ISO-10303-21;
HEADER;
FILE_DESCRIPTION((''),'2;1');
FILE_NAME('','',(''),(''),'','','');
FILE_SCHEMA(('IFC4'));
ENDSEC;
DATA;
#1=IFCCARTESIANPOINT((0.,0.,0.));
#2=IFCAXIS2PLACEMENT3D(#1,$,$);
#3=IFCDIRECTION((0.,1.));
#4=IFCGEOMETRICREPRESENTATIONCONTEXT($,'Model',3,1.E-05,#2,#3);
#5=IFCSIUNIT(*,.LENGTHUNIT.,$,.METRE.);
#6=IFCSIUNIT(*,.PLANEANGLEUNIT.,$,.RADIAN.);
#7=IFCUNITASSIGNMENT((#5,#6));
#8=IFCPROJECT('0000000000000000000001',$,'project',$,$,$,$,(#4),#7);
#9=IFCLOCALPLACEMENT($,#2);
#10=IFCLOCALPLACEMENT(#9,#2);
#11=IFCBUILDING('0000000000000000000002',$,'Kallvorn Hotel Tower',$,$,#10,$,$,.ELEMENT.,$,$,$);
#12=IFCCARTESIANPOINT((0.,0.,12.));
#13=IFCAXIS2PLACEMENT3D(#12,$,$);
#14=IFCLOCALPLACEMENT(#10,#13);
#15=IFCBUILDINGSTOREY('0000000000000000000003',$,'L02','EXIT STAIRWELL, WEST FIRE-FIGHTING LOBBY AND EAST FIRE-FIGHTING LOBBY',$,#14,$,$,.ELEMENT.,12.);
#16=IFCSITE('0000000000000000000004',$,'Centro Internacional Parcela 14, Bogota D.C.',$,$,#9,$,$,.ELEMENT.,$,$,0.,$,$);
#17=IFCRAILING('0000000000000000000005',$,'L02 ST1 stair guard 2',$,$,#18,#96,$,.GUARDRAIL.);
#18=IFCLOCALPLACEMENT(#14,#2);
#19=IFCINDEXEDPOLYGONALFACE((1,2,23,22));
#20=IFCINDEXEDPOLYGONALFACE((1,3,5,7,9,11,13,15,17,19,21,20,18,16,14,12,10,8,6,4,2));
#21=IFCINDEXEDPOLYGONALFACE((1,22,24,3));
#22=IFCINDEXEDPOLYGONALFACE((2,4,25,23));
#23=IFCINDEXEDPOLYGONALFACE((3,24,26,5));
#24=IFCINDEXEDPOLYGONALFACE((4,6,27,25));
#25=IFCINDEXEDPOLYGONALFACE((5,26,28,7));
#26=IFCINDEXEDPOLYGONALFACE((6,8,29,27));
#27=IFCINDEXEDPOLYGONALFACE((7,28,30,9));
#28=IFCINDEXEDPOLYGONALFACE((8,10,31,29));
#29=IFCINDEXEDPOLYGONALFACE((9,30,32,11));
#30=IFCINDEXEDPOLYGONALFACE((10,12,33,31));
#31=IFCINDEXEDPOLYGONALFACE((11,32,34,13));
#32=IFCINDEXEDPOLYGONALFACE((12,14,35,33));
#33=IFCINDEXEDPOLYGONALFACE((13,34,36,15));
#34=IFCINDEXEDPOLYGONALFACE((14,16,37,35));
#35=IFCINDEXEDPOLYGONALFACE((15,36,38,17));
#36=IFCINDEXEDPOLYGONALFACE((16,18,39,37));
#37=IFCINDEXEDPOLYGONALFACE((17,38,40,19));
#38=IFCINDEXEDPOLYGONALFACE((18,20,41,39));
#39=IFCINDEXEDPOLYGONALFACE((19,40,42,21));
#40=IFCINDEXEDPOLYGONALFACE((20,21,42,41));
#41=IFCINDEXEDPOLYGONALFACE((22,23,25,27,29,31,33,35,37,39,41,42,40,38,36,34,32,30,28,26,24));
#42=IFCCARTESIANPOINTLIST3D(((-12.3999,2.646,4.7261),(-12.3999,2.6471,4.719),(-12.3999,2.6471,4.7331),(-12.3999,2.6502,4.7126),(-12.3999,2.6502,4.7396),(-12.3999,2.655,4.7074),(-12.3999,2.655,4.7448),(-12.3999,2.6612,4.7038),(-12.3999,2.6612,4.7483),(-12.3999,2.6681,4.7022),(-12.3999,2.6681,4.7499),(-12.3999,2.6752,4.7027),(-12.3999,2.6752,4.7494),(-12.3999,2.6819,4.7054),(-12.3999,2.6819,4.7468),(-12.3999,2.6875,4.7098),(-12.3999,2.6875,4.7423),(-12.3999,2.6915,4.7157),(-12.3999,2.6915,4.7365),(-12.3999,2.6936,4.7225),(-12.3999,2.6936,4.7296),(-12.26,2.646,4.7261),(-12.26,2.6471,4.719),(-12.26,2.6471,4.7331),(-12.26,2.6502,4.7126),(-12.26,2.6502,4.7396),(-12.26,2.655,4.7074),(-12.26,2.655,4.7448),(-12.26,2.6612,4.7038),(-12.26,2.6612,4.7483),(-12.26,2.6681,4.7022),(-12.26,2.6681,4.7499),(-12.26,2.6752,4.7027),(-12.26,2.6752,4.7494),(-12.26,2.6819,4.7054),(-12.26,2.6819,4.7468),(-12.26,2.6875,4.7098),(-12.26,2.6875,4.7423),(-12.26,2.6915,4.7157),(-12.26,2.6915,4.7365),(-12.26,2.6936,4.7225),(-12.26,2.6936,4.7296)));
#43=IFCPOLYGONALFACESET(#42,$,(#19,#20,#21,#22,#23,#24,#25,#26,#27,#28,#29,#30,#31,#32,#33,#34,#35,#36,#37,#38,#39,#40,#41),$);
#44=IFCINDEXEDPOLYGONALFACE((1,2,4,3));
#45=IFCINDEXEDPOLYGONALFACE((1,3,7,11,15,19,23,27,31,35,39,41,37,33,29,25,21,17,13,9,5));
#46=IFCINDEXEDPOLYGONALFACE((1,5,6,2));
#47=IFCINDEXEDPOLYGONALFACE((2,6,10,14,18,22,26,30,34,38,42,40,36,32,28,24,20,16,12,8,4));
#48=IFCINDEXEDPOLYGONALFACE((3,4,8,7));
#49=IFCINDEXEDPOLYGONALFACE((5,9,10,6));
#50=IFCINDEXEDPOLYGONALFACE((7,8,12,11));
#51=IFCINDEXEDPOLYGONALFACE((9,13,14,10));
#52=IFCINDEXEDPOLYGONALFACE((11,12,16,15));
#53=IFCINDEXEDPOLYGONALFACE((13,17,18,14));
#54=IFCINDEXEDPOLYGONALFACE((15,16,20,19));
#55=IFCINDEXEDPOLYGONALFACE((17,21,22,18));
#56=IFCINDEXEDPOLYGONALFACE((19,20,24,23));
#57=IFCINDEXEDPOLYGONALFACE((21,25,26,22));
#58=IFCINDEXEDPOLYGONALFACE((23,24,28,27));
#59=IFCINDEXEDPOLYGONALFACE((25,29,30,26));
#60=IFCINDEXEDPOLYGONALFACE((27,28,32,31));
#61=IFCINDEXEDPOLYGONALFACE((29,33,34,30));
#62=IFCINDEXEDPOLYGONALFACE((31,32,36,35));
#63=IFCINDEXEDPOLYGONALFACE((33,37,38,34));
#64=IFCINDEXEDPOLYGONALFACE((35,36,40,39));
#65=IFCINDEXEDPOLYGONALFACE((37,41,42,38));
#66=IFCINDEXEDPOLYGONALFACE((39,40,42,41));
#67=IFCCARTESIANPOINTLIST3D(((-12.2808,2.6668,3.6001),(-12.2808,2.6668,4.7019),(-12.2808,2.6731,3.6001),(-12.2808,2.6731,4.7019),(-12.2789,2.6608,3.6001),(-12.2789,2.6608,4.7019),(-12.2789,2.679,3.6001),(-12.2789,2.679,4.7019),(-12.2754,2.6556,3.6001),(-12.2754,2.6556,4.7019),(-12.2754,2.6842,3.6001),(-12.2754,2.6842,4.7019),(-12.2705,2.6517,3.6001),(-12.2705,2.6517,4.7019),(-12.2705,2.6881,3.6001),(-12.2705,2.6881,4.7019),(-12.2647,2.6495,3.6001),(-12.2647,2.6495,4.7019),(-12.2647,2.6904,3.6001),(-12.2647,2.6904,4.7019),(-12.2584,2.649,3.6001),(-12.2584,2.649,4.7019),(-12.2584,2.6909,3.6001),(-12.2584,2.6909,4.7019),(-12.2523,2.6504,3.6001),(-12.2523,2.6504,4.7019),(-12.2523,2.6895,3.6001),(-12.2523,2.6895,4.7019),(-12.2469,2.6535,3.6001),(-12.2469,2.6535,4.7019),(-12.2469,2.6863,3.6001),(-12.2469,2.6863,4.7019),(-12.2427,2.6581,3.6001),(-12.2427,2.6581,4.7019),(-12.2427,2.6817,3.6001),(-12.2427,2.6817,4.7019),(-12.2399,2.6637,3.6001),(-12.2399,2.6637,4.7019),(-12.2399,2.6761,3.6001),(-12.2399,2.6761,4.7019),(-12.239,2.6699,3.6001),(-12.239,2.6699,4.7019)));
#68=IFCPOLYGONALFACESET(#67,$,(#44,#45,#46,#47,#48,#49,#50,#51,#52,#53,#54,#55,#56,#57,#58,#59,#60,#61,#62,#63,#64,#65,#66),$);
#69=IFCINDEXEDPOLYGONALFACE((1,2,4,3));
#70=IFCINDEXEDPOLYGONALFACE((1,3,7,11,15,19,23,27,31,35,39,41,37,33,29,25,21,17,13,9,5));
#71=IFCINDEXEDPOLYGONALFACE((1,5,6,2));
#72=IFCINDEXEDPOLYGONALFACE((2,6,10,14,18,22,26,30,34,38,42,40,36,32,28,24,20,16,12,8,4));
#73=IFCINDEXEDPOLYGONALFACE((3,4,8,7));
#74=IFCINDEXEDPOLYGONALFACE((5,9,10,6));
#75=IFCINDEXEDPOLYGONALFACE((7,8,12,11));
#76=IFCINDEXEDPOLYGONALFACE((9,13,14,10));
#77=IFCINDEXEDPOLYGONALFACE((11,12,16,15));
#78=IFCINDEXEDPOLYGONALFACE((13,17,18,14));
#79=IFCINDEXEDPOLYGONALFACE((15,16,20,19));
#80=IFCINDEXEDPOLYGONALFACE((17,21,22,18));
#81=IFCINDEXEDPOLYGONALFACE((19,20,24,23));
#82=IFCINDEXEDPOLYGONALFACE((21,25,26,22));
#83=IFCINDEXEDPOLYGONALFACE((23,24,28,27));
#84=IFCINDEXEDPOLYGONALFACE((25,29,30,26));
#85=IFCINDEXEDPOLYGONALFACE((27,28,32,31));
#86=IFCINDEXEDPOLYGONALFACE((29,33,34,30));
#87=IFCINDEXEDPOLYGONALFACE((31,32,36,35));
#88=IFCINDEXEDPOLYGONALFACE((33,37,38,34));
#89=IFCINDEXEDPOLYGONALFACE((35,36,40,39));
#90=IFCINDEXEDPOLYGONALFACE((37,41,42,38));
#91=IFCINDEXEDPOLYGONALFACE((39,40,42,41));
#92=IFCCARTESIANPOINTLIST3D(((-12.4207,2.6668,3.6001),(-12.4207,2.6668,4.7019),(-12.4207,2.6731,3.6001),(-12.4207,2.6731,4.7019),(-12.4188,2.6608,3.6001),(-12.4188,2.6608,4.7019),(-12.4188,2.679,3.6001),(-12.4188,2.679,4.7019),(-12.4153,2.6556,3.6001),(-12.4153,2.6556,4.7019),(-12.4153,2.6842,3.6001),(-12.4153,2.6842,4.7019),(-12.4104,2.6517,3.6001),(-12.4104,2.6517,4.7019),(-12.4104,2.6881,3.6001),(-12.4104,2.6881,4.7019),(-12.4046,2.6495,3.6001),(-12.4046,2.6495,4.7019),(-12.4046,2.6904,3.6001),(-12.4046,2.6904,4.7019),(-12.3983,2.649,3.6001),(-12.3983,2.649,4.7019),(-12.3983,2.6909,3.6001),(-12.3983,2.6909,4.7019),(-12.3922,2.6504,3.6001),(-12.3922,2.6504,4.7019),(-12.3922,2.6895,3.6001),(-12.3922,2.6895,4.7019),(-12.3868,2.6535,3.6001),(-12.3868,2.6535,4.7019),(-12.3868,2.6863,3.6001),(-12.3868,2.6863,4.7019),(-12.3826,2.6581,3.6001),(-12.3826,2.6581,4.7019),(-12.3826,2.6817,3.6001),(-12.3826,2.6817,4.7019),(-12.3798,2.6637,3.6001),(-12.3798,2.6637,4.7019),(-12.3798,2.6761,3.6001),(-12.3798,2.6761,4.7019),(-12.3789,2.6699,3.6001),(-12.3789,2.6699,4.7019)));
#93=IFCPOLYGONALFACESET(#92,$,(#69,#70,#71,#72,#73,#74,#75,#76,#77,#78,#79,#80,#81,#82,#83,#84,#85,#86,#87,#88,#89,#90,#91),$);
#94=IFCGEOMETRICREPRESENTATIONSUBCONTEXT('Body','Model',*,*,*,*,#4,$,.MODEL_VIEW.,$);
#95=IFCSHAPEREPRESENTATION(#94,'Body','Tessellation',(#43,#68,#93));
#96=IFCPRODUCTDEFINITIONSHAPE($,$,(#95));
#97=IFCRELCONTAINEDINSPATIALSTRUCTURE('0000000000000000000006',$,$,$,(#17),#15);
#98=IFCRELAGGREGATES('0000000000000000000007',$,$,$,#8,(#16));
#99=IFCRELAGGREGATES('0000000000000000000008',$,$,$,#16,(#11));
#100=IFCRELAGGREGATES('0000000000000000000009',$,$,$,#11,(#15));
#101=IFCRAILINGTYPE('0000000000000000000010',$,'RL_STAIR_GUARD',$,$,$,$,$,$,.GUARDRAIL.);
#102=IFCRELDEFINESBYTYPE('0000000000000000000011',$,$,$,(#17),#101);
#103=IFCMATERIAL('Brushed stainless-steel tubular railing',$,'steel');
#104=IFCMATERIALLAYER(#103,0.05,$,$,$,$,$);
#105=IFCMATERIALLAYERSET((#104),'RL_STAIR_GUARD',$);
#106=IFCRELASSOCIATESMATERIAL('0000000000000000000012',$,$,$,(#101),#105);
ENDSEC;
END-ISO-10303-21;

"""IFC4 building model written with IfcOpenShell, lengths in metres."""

from ifc_helpers import new_model, si_unit, direction, frame, origin, origin_2d, place, context, subcontext, project, spatial, circle, extrude, material, layer, layer_set, type_object, element, save


model = new_model("IFC4")

# Units and contexts
model_context = context("Model", 3, precision=1e-05, world=origin(), true_north=direction((0.0, 1.0)))
body_context = subcontext(model_context, "Body", "Model", "MODEL_VIEW")
ifc_project = project(units=[si_unit("LENGTHUNIT", "METRE"), si_unit("PLANEANGLEUNIT", "RADIAN")], contexts=[model_context])

# Site, building, storey
site_placement = place(None, origin())
site = spatial("IfcSite", under=ifc_project, at=site_placement, Name="Centro Internacional Parcela 14, Bogota D.C.", CompositionType="ELEMENT", RefElevation=0.0)
building_placement = place(site_placement, origin())
building = spatial("IfcBuilding", under=site, at=building_placement, Name="Kallvorn Hotel Tower", CompositionType="ELEMENT")
storey_placement = place(building_placement, frame((0.0, 0.0, 12.0)))
storey = spatial("IfcBuildingStorey", under=building, at=storey_placement, Name="L02", Description="EXIT STAIRWELL, WEST FIRE-FIGHTING LOBBY AND EAST FIRE-FIGHTING LOBBY", CompositionType="ELEMENT", Elevation=12.0)

# Railing
ifc_material_1 = material(Name="Brushed stainless-steel tubular railing", Category="steel")
ifc_layer_1 = layer(ifc_material_1, 0.05)
ifc_layer_set_1 = layer_set([ifc_layer_1], Name="RL_STAIR_GUARD")
railing_type_1 = type_object("IfcRailingType", Name="RL_STAIR_GUARD", PredefinedType="GUARDRAIL", material=ifc_layer_set_1)
railing_1_placement = place(storey_placement, frame((-12.26, 2.6699, 3.6001)))
element("IfcRailing", 1, at=railing_1_placement, inside=storey, type_object=railing_type_1, Name="L02 ST1 stair guard 2", PredefinedType="GUARDRAIL", context=body_context, shape_type="SweptSolid", body=[
    extrude(circle(Radius=0.0239, at=origin_2d()), frame((0.0, 0.0, 1.126), z_axis=(-1.0, 0.0, 0.0), x_axis=(0.0, -1.0, 0.0)), (0.0, 0.0, 1.0), 0.1399),
    extrude(circle(Radius=0.021, at=origin_2d()), origin(), (0.0, 0.0, 1.0), 1.1018),
    extrude(circle(Radius=0.021, at=origin_2d()), frame((-0.1399, 0.0, 0.0)), (0.0, 0.0, 1.0), 1.1018),
])

save(model, "model.ifc")
